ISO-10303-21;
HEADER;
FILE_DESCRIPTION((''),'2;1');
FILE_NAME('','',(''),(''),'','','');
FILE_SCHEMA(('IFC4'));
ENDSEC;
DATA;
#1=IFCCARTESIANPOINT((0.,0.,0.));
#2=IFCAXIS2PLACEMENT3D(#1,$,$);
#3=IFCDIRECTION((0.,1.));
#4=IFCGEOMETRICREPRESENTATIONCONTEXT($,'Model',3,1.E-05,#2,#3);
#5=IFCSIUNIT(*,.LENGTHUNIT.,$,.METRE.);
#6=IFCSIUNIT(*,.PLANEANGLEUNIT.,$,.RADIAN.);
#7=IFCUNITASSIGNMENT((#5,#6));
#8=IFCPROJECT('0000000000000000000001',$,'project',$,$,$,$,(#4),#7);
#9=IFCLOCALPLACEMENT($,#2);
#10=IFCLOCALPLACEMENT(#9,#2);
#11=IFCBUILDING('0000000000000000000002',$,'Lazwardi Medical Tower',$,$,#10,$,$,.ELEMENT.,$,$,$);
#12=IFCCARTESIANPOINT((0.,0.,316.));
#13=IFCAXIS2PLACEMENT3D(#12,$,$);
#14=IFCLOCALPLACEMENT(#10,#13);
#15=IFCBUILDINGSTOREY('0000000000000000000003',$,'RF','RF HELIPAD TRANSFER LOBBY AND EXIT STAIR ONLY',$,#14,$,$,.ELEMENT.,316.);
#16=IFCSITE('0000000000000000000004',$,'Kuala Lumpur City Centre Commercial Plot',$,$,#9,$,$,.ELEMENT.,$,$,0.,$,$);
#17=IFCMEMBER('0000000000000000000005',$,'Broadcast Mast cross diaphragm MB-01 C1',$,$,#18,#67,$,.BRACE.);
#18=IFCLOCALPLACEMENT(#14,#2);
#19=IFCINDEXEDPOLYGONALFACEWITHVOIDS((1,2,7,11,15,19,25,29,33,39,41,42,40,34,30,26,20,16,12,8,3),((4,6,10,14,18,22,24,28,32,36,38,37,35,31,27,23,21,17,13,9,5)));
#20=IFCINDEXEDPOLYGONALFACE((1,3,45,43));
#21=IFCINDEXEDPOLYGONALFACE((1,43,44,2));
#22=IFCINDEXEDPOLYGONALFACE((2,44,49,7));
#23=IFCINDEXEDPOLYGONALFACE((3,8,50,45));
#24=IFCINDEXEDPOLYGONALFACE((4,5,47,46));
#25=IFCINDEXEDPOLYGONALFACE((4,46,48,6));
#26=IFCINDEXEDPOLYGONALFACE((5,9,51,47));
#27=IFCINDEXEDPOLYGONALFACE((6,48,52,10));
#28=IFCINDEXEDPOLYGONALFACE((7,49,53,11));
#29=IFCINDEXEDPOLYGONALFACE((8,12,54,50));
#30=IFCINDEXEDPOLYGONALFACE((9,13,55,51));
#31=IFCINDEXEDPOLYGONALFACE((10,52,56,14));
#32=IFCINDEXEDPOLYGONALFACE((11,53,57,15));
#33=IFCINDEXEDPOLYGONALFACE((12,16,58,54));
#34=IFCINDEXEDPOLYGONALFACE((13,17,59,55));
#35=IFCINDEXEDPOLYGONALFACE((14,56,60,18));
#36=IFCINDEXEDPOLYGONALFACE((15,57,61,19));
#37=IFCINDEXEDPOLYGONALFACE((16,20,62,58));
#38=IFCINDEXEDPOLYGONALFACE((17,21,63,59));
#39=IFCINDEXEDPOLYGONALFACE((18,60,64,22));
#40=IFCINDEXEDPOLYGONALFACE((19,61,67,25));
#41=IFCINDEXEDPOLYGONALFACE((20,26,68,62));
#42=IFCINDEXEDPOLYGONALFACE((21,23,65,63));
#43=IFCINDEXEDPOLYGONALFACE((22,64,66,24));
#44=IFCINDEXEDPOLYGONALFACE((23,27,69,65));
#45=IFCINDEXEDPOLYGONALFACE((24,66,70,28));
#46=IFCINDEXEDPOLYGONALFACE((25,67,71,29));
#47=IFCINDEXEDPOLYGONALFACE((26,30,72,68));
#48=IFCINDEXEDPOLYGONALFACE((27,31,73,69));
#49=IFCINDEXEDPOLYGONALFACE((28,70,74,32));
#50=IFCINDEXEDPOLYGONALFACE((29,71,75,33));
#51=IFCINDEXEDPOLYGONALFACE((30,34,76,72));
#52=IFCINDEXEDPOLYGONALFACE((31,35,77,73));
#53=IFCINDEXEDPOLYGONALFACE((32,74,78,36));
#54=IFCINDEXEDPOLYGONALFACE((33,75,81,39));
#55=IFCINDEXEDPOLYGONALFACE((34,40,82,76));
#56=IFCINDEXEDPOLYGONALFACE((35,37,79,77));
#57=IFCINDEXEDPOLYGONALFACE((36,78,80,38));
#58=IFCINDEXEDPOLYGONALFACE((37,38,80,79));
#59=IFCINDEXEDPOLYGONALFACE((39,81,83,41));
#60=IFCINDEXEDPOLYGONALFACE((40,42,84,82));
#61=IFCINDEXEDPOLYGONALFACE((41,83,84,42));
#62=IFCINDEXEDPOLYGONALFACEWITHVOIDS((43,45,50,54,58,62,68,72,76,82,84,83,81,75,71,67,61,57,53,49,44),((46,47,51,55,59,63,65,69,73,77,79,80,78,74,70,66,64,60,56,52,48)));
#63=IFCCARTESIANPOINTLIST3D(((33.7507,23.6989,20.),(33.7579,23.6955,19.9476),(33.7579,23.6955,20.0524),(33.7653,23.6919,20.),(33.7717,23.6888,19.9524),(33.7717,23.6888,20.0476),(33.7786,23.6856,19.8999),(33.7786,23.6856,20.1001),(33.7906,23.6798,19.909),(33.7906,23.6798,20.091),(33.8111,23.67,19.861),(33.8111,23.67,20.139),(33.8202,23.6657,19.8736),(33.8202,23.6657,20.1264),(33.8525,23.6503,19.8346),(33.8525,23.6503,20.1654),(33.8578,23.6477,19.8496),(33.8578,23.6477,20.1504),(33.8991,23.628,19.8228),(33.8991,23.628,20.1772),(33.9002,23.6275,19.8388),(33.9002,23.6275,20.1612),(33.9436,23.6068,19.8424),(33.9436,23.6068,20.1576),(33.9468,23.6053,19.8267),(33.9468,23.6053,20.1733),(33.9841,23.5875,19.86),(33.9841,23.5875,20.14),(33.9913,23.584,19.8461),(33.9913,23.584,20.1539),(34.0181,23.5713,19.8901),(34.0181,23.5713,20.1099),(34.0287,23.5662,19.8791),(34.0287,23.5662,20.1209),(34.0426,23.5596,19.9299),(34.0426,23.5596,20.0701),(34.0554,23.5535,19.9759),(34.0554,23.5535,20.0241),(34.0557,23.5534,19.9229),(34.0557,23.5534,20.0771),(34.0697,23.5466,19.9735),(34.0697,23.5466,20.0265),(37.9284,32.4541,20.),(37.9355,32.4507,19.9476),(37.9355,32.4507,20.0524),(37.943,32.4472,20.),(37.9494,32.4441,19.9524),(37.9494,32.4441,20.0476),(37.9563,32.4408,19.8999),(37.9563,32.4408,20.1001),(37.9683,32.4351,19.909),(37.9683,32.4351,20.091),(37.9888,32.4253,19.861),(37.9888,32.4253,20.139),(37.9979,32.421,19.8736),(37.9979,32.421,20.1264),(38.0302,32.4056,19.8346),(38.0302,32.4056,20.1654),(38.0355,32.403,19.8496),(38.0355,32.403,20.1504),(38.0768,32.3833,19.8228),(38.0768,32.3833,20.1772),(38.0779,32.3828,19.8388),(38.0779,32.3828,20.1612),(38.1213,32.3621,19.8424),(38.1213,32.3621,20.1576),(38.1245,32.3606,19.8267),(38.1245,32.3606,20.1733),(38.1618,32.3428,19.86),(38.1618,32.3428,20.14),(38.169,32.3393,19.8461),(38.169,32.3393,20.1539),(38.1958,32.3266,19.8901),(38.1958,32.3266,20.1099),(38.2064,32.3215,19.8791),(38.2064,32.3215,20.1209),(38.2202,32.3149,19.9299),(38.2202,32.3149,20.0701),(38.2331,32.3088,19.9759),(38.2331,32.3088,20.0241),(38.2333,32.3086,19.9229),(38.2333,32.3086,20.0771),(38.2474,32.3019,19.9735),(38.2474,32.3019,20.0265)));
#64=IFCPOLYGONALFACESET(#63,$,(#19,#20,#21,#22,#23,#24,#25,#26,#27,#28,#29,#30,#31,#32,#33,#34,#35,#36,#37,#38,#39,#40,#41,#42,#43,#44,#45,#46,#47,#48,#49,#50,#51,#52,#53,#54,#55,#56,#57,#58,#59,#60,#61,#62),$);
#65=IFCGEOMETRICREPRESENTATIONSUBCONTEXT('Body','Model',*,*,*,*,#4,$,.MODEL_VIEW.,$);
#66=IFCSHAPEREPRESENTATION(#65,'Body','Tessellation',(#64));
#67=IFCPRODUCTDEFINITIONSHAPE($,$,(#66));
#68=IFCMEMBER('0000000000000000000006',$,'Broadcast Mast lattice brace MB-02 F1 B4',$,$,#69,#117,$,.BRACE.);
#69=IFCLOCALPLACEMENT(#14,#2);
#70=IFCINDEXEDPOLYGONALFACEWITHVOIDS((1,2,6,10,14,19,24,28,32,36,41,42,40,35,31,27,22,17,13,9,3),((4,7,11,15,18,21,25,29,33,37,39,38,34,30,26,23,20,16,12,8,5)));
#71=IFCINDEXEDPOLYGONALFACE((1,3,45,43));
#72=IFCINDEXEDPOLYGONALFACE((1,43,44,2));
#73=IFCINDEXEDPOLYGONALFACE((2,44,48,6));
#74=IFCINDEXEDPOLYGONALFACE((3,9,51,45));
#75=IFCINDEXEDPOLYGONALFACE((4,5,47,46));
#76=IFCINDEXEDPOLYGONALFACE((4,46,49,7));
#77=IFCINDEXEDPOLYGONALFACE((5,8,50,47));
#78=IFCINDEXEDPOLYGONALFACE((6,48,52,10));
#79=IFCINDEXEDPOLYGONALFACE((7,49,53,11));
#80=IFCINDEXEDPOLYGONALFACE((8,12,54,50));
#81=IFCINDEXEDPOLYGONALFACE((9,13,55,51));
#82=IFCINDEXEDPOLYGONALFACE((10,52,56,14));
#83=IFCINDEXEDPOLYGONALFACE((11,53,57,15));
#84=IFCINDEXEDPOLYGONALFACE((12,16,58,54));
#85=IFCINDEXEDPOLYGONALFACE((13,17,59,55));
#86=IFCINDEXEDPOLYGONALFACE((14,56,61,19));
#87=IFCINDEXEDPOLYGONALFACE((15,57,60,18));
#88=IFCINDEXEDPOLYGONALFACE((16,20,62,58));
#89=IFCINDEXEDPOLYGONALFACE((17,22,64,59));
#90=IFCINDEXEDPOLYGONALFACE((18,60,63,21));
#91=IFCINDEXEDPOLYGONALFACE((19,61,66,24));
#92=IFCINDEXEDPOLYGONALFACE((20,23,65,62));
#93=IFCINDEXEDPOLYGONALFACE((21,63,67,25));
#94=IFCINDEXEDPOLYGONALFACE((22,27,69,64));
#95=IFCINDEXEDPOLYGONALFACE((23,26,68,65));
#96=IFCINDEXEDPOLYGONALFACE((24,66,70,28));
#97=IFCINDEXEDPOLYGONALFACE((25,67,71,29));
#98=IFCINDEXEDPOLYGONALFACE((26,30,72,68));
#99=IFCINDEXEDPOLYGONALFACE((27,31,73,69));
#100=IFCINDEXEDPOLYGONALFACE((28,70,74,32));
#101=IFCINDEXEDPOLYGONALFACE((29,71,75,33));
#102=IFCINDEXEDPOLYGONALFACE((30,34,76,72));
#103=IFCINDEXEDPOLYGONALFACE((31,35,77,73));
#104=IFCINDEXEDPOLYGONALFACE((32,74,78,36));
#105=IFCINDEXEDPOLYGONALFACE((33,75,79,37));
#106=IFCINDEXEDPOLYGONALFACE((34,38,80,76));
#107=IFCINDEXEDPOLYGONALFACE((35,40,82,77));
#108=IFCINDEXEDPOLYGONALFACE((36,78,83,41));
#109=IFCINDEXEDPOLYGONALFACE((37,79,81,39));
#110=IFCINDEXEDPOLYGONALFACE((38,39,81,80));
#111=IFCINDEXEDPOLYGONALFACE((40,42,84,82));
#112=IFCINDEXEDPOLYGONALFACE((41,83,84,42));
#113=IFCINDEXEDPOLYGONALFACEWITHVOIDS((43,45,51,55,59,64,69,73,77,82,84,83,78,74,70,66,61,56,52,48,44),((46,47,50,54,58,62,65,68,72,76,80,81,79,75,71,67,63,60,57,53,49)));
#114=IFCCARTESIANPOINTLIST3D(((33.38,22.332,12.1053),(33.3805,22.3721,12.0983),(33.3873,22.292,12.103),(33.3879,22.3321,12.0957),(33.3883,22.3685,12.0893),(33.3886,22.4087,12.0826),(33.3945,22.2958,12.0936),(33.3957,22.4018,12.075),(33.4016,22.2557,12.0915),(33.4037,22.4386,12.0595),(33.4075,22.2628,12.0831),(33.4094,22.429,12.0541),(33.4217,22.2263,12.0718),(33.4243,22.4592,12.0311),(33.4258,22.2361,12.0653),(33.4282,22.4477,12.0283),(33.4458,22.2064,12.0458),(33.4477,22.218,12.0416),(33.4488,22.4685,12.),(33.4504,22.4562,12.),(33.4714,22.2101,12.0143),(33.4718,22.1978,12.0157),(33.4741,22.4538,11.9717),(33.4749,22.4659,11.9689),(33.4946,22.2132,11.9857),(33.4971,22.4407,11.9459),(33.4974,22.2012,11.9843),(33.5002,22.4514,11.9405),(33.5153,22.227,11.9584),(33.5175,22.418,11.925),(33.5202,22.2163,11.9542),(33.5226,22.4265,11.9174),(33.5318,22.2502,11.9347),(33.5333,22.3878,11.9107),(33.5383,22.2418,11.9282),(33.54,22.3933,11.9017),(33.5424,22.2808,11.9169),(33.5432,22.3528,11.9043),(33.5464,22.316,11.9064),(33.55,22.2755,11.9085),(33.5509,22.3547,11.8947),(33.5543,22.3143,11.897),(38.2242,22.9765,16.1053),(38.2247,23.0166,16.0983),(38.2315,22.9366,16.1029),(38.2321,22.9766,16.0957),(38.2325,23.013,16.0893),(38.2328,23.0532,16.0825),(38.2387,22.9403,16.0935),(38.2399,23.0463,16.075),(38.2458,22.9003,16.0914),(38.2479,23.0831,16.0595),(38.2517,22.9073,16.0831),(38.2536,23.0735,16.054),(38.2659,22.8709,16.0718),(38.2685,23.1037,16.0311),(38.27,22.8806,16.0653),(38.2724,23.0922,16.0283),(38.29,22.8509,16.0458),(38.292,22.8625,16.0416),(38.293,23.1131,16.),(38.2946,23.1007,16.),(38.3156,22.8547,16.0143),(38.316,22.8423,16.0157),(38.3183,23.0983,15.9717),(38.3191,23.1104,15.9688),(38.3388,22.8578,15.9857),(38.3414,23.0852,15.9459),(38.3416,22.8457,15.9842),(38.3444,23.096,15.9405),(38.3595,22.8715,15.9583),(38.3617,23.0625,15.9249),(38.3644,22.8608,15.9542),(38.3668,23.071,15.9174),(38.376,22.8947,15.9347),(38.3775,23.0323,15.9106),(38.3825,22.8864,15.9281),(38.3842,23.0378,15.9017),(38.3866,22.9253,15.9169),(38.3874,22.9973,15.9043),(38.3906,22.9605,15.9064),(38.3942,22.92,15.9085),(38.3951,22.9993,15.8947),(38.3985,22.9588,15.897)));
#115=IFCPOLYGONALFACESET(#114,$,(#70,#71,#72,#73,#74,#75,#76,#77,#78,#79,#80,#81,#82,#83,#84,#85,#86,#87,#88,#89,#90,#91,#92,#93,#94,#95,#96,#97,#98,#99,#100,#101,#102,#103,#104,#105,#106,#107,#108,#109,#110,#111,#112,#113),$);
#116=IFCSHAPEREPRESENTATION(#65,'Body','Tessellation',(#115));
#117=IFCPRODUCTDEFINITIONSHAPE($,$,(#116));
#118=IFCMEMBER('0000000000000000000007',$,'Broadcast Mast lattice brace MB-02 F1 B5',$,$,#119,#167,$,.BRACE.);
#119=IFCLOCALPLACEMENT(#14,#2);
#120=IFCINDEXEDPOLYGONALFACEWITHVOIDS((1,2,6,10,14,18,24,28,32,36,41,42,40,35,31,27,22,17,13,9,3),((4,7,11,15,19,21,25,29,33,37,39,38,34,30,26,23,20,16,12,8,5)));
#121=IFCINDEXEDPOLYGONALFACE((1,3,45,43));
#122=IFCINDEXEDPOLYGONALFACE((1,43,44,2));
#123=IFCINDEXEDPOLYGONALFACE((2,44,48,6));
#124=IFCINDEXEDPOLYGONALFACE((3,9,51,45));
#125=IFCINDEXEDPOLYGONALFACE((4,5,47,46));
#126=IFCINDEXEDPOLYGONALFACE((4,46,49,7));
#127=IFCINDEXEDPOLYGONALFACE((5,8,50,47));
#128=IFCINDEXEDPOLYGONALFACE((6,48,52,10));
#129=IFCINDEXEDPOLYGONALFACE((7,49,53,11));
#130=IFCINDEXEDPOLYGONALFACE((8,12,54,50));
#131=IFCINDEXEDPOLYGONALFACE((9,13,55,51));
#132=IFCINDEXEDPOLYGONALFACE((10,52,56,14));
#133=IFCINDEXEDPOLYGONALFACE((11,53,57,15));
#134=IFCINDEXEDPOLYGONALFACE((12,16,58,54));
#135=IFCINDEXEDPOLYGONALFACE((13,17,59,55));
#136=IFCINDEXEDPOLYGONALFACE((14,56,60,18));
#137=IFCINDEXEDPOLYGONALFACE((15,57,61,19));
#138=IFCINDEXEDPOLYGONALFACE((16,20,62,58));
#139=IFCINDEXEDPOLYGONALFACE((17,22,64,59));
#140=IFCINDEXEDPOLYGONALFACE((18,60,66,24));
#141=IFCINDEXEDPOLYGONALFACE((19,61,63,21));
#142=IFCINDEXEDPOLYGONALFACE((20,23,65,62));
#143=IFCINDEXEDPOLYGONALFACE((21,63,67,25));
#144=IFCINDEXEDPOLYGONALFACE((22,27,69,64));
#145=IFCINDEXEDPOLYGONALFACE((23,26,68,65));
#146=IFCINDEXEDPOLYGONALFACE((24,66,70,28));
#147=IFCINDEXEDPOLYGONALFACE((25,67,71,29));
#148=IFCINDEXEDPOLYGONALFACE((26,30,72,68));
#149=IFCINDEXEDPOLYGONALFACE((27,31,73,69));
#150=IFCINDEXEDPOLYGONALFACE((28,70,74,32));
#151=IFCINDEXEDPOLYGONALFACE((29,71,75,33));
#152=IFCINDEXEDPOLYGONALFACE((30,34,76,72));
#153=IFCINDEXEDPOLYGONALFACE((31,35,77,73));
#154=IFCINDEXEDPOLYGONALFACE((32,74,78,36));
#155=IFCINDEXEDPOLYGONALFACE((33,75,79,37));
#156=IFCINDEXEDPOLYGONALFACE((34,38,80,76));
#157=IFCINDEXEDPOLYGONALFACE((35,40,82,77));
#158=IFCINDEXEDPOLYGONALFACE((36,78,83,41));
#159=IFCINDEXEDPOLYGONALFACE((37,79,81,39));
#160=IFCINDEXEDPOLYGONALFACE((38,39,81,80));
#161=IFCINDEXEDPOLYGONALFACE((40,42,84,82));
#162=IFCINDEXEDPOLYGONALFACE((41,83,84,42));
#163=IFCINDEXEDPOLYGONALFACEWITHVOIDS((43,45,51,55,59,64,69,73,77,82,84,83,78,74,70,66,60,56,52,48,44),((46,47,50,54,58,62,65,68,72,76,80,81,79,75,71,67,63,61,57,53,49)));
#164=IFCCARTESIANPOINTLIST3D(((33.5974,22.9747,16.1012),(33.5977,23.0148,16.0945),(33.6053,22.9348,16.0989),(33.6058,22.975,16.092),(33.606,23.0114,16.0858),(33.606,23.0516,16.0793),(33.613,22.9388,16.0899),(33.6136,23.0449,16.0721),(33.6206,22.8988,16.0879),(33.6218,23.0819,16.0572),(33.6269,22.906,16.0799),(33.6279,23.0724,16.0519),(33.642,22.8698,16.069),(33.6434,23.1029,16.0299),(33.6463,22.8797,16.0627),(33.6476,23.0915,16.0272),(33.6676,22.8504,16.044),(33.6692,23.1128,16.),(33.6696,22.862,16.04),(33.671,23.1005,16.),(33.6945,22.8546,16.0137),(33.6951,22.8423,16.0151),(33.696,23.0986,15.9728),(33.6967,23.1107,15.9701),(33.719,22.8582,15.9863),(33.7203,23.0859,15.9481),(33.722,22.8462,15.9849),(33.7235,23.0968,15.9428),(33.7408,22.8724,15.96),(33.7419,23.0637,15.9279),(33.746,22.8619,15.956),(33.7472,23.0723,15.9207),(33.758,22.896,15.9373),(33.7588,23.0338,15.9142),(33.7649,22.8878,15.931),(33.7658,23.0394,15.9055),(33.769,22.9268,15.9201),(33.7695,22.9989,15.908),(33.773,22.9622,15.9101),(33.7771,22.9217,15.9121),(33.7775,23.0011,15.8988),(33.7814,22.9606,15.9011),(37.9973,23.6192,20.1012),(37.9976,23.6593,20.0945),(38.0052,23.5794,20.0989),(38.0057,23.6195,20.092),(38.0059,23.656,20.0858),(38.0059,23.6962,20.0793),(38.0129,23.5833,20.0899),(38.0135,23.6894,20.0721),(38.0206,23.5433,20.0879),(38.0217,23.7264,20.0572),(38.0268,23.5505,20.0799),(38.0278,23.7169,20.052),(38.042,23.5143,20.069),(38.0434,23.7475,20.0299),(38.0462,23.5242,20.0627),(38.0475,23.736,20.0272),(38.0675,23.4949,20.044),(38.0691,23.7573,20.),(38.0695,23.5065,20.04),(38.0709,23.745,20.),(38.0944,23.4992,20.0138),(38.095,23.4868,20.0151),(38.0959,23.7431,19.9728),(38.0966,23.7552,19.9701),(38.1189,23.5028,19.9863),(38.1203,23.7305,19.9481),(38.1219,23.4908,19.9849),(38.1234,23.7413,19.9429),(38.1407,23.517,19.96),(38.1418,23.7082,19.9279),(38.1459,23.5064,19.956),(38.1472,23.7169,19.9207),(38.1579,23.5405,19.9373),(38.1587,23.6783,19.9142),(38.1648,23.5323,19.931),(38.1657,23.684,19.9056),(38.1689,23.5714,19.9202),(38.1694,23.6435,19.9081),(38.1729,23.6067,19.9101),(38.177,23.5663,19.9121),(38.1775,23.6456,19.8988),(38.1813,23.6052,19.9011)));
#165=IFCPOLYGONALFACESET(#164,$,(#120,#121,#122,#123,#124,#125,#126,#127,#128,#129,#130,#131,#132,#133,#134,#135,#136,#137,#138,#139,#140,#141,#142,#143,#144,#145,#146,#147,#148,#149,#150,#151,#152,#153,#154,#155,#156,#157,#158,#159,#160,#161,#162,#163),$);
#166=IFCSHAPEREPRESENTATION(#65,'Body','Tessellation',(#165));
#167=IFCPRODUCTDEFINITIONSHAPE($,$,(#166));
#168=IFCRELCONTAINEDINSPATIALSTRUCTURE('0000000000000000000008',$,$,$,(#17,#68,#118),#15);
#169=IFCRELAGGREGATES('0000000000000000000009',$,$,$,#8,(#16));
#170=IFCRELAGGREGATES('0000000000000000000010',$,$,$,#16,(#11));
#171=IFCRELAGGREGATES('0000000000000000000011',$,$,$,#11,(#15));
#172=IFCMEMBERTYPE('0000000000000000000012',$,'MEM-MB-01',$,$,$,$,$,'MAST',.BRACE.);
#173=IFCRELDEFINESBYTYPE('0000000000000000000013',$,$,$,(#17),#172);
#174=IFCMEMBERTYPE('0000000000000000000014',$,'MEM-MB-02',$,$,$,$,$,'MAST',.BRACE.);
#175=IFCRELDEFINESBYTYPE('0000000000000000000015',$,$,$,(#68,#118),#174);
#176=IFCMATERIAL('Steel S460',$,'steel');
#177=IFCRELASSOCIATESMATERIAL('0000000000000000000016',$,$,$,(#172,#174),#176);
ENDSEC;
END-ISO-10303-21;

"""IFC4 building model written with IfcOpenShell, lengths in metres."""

from ifc_helpers import new_model, si_unit, direction, frame, origin, origin_2d, place, context, subcontext, project, spatial, hollow_circle, extrude, material, material_profile, profile_set, type_object, element, save


model = new_model("IFC4")

# Units and contexts
model_context = context("Model", 3, precision=1e-05, world=origin(), true_north=direction((0.0, 1.0)))
body_context = subcontext(model_context, "Body", "Model", "MODEL_VIEW")
ifc_project = project(units=[si_unit("LENGTHUNIT", "METRE"), si_unit("PLANEANGLEUNIT", "RADIAN")], contexts=[model_context])

# Site, building, storey
site_placement = place(None, origin())
site = spatial("IfcSite", under=ifc_project, at=site_placement, Name="Kuala Lumpur City Centre Commercial Plot", CompositionType="ELEMENT", RefElevation=0.0)
building_placement = place(site_placement, origin())
building = spatial("IfcBuilding", under=site, at=building_placement, Name="Lazwardi Medical Tower", CompositionType="ELEMENT")
storey_placement = place(building_placement, frame((0.0, 0.0, 316.0)))
storey = spatial("IfcBuildingStorey", under=building, at=storey_placement, Name="RF", Description="RF HELIPAD TRANSFER LOBBY AND EXIT STAIR ONLY", CompositionType="ELEMENT", Elevation=316.0)

# Members
ifc_material = material(Name="Steel S460", Category="steel")
ifc_material_profile_1 = material_profile(ifc_material, hollow_circle(Radius=0.1777, WallThickness=0.0161, at=origin_2d()), Name="CHS 355.6x16")
ifc_profile_set_1 = profile_set([ifc_material_profile_1], Name="Steel S460")
member_type_1 = type_object("IfcMemberType", Name="MEM-MB-01", ElementType="MAST", PredefinedType="BRACE", material=ifc_profile_set_1)
member_1_placement = place(storey_placement, frame((33.9111, 23.6223, 20.0), z_axis=(0.430649, 0.90252, 0.0), x_axis=(-0.90252, 0.430649, 0.0)))
element("IfcMember", 1, at=member_1_placement, inside=storey, type_object=member_type_1, Name="Broadcast Mast cross diaphragm MB-01 C1", PredefinedType="BRACE", context=body_context, shape_type="SweptSolid", body=[
    extrude(hollow_circle(Radius=0.1777, WallThickness=0.0161, at=origin_2d()), origin(), (0.0, 0.0, 1.0), 9.7009),
])
ifc_material_profile_2 = material_profile(ifc_material, hollow_circle(Radius=0.1365, WallThickness=0.0125, at=origin_2d()), Name="CHS 273x12.5")
ifc_profile_set_2 = profile_set([ifc_material_profile_2], Name="Steel S460")
member_type_2 = type_object("IfcMemberType", Name="MEM-MB-02", ElementType="MAST", PredefinedType="BRACE", material=ifc_profile_set_2)
member_2_placement = place(storey_placement, frame((33.4668, 22.3333, 12.0), z_axis=(0.767073, 0.10206, 0.63339), x_axis=(-0.131889, 0.991265, 0.0)))
element("IfcMember", 2, at=member_2_placement, inside=storey, type_object=member_type_2, Name="Broadcast Mast lattice brace MB-02 F1 B4", PredefinedType="BRACE", context=body_context, shape_type="SweptSolid", body=[
    extrude(hollow_circle(Radius=0.1365, WallThickness=0.0125, at=origin_2d()), origin(), (0.0, 0.0, 1.0), 6.3152),
])
member_3_placement = place(storey_placement, frame((33.689, 22.9778, 16.0), z_axis=(0.735624, 0.10776, 0.668764), x_axis=(-0.144941, 0.98944, 0.0)))
element("IfcMember", 3, at=member_3_placement, inside=storey, type_object=member_type_2, Name="Broadcast Mast lattice brace MB-02 F1 B5", PredefinedType="BRACE", context=body_context, shape_type="SweptSolid", body=[
    extrude(hollow_circle(Radius=0.1365, WallThickness=0.0125, at=origin_2d()), origin(), (0.0, 0.0, 1.0), 5.9812),
])

save(model, "model.ifc")
